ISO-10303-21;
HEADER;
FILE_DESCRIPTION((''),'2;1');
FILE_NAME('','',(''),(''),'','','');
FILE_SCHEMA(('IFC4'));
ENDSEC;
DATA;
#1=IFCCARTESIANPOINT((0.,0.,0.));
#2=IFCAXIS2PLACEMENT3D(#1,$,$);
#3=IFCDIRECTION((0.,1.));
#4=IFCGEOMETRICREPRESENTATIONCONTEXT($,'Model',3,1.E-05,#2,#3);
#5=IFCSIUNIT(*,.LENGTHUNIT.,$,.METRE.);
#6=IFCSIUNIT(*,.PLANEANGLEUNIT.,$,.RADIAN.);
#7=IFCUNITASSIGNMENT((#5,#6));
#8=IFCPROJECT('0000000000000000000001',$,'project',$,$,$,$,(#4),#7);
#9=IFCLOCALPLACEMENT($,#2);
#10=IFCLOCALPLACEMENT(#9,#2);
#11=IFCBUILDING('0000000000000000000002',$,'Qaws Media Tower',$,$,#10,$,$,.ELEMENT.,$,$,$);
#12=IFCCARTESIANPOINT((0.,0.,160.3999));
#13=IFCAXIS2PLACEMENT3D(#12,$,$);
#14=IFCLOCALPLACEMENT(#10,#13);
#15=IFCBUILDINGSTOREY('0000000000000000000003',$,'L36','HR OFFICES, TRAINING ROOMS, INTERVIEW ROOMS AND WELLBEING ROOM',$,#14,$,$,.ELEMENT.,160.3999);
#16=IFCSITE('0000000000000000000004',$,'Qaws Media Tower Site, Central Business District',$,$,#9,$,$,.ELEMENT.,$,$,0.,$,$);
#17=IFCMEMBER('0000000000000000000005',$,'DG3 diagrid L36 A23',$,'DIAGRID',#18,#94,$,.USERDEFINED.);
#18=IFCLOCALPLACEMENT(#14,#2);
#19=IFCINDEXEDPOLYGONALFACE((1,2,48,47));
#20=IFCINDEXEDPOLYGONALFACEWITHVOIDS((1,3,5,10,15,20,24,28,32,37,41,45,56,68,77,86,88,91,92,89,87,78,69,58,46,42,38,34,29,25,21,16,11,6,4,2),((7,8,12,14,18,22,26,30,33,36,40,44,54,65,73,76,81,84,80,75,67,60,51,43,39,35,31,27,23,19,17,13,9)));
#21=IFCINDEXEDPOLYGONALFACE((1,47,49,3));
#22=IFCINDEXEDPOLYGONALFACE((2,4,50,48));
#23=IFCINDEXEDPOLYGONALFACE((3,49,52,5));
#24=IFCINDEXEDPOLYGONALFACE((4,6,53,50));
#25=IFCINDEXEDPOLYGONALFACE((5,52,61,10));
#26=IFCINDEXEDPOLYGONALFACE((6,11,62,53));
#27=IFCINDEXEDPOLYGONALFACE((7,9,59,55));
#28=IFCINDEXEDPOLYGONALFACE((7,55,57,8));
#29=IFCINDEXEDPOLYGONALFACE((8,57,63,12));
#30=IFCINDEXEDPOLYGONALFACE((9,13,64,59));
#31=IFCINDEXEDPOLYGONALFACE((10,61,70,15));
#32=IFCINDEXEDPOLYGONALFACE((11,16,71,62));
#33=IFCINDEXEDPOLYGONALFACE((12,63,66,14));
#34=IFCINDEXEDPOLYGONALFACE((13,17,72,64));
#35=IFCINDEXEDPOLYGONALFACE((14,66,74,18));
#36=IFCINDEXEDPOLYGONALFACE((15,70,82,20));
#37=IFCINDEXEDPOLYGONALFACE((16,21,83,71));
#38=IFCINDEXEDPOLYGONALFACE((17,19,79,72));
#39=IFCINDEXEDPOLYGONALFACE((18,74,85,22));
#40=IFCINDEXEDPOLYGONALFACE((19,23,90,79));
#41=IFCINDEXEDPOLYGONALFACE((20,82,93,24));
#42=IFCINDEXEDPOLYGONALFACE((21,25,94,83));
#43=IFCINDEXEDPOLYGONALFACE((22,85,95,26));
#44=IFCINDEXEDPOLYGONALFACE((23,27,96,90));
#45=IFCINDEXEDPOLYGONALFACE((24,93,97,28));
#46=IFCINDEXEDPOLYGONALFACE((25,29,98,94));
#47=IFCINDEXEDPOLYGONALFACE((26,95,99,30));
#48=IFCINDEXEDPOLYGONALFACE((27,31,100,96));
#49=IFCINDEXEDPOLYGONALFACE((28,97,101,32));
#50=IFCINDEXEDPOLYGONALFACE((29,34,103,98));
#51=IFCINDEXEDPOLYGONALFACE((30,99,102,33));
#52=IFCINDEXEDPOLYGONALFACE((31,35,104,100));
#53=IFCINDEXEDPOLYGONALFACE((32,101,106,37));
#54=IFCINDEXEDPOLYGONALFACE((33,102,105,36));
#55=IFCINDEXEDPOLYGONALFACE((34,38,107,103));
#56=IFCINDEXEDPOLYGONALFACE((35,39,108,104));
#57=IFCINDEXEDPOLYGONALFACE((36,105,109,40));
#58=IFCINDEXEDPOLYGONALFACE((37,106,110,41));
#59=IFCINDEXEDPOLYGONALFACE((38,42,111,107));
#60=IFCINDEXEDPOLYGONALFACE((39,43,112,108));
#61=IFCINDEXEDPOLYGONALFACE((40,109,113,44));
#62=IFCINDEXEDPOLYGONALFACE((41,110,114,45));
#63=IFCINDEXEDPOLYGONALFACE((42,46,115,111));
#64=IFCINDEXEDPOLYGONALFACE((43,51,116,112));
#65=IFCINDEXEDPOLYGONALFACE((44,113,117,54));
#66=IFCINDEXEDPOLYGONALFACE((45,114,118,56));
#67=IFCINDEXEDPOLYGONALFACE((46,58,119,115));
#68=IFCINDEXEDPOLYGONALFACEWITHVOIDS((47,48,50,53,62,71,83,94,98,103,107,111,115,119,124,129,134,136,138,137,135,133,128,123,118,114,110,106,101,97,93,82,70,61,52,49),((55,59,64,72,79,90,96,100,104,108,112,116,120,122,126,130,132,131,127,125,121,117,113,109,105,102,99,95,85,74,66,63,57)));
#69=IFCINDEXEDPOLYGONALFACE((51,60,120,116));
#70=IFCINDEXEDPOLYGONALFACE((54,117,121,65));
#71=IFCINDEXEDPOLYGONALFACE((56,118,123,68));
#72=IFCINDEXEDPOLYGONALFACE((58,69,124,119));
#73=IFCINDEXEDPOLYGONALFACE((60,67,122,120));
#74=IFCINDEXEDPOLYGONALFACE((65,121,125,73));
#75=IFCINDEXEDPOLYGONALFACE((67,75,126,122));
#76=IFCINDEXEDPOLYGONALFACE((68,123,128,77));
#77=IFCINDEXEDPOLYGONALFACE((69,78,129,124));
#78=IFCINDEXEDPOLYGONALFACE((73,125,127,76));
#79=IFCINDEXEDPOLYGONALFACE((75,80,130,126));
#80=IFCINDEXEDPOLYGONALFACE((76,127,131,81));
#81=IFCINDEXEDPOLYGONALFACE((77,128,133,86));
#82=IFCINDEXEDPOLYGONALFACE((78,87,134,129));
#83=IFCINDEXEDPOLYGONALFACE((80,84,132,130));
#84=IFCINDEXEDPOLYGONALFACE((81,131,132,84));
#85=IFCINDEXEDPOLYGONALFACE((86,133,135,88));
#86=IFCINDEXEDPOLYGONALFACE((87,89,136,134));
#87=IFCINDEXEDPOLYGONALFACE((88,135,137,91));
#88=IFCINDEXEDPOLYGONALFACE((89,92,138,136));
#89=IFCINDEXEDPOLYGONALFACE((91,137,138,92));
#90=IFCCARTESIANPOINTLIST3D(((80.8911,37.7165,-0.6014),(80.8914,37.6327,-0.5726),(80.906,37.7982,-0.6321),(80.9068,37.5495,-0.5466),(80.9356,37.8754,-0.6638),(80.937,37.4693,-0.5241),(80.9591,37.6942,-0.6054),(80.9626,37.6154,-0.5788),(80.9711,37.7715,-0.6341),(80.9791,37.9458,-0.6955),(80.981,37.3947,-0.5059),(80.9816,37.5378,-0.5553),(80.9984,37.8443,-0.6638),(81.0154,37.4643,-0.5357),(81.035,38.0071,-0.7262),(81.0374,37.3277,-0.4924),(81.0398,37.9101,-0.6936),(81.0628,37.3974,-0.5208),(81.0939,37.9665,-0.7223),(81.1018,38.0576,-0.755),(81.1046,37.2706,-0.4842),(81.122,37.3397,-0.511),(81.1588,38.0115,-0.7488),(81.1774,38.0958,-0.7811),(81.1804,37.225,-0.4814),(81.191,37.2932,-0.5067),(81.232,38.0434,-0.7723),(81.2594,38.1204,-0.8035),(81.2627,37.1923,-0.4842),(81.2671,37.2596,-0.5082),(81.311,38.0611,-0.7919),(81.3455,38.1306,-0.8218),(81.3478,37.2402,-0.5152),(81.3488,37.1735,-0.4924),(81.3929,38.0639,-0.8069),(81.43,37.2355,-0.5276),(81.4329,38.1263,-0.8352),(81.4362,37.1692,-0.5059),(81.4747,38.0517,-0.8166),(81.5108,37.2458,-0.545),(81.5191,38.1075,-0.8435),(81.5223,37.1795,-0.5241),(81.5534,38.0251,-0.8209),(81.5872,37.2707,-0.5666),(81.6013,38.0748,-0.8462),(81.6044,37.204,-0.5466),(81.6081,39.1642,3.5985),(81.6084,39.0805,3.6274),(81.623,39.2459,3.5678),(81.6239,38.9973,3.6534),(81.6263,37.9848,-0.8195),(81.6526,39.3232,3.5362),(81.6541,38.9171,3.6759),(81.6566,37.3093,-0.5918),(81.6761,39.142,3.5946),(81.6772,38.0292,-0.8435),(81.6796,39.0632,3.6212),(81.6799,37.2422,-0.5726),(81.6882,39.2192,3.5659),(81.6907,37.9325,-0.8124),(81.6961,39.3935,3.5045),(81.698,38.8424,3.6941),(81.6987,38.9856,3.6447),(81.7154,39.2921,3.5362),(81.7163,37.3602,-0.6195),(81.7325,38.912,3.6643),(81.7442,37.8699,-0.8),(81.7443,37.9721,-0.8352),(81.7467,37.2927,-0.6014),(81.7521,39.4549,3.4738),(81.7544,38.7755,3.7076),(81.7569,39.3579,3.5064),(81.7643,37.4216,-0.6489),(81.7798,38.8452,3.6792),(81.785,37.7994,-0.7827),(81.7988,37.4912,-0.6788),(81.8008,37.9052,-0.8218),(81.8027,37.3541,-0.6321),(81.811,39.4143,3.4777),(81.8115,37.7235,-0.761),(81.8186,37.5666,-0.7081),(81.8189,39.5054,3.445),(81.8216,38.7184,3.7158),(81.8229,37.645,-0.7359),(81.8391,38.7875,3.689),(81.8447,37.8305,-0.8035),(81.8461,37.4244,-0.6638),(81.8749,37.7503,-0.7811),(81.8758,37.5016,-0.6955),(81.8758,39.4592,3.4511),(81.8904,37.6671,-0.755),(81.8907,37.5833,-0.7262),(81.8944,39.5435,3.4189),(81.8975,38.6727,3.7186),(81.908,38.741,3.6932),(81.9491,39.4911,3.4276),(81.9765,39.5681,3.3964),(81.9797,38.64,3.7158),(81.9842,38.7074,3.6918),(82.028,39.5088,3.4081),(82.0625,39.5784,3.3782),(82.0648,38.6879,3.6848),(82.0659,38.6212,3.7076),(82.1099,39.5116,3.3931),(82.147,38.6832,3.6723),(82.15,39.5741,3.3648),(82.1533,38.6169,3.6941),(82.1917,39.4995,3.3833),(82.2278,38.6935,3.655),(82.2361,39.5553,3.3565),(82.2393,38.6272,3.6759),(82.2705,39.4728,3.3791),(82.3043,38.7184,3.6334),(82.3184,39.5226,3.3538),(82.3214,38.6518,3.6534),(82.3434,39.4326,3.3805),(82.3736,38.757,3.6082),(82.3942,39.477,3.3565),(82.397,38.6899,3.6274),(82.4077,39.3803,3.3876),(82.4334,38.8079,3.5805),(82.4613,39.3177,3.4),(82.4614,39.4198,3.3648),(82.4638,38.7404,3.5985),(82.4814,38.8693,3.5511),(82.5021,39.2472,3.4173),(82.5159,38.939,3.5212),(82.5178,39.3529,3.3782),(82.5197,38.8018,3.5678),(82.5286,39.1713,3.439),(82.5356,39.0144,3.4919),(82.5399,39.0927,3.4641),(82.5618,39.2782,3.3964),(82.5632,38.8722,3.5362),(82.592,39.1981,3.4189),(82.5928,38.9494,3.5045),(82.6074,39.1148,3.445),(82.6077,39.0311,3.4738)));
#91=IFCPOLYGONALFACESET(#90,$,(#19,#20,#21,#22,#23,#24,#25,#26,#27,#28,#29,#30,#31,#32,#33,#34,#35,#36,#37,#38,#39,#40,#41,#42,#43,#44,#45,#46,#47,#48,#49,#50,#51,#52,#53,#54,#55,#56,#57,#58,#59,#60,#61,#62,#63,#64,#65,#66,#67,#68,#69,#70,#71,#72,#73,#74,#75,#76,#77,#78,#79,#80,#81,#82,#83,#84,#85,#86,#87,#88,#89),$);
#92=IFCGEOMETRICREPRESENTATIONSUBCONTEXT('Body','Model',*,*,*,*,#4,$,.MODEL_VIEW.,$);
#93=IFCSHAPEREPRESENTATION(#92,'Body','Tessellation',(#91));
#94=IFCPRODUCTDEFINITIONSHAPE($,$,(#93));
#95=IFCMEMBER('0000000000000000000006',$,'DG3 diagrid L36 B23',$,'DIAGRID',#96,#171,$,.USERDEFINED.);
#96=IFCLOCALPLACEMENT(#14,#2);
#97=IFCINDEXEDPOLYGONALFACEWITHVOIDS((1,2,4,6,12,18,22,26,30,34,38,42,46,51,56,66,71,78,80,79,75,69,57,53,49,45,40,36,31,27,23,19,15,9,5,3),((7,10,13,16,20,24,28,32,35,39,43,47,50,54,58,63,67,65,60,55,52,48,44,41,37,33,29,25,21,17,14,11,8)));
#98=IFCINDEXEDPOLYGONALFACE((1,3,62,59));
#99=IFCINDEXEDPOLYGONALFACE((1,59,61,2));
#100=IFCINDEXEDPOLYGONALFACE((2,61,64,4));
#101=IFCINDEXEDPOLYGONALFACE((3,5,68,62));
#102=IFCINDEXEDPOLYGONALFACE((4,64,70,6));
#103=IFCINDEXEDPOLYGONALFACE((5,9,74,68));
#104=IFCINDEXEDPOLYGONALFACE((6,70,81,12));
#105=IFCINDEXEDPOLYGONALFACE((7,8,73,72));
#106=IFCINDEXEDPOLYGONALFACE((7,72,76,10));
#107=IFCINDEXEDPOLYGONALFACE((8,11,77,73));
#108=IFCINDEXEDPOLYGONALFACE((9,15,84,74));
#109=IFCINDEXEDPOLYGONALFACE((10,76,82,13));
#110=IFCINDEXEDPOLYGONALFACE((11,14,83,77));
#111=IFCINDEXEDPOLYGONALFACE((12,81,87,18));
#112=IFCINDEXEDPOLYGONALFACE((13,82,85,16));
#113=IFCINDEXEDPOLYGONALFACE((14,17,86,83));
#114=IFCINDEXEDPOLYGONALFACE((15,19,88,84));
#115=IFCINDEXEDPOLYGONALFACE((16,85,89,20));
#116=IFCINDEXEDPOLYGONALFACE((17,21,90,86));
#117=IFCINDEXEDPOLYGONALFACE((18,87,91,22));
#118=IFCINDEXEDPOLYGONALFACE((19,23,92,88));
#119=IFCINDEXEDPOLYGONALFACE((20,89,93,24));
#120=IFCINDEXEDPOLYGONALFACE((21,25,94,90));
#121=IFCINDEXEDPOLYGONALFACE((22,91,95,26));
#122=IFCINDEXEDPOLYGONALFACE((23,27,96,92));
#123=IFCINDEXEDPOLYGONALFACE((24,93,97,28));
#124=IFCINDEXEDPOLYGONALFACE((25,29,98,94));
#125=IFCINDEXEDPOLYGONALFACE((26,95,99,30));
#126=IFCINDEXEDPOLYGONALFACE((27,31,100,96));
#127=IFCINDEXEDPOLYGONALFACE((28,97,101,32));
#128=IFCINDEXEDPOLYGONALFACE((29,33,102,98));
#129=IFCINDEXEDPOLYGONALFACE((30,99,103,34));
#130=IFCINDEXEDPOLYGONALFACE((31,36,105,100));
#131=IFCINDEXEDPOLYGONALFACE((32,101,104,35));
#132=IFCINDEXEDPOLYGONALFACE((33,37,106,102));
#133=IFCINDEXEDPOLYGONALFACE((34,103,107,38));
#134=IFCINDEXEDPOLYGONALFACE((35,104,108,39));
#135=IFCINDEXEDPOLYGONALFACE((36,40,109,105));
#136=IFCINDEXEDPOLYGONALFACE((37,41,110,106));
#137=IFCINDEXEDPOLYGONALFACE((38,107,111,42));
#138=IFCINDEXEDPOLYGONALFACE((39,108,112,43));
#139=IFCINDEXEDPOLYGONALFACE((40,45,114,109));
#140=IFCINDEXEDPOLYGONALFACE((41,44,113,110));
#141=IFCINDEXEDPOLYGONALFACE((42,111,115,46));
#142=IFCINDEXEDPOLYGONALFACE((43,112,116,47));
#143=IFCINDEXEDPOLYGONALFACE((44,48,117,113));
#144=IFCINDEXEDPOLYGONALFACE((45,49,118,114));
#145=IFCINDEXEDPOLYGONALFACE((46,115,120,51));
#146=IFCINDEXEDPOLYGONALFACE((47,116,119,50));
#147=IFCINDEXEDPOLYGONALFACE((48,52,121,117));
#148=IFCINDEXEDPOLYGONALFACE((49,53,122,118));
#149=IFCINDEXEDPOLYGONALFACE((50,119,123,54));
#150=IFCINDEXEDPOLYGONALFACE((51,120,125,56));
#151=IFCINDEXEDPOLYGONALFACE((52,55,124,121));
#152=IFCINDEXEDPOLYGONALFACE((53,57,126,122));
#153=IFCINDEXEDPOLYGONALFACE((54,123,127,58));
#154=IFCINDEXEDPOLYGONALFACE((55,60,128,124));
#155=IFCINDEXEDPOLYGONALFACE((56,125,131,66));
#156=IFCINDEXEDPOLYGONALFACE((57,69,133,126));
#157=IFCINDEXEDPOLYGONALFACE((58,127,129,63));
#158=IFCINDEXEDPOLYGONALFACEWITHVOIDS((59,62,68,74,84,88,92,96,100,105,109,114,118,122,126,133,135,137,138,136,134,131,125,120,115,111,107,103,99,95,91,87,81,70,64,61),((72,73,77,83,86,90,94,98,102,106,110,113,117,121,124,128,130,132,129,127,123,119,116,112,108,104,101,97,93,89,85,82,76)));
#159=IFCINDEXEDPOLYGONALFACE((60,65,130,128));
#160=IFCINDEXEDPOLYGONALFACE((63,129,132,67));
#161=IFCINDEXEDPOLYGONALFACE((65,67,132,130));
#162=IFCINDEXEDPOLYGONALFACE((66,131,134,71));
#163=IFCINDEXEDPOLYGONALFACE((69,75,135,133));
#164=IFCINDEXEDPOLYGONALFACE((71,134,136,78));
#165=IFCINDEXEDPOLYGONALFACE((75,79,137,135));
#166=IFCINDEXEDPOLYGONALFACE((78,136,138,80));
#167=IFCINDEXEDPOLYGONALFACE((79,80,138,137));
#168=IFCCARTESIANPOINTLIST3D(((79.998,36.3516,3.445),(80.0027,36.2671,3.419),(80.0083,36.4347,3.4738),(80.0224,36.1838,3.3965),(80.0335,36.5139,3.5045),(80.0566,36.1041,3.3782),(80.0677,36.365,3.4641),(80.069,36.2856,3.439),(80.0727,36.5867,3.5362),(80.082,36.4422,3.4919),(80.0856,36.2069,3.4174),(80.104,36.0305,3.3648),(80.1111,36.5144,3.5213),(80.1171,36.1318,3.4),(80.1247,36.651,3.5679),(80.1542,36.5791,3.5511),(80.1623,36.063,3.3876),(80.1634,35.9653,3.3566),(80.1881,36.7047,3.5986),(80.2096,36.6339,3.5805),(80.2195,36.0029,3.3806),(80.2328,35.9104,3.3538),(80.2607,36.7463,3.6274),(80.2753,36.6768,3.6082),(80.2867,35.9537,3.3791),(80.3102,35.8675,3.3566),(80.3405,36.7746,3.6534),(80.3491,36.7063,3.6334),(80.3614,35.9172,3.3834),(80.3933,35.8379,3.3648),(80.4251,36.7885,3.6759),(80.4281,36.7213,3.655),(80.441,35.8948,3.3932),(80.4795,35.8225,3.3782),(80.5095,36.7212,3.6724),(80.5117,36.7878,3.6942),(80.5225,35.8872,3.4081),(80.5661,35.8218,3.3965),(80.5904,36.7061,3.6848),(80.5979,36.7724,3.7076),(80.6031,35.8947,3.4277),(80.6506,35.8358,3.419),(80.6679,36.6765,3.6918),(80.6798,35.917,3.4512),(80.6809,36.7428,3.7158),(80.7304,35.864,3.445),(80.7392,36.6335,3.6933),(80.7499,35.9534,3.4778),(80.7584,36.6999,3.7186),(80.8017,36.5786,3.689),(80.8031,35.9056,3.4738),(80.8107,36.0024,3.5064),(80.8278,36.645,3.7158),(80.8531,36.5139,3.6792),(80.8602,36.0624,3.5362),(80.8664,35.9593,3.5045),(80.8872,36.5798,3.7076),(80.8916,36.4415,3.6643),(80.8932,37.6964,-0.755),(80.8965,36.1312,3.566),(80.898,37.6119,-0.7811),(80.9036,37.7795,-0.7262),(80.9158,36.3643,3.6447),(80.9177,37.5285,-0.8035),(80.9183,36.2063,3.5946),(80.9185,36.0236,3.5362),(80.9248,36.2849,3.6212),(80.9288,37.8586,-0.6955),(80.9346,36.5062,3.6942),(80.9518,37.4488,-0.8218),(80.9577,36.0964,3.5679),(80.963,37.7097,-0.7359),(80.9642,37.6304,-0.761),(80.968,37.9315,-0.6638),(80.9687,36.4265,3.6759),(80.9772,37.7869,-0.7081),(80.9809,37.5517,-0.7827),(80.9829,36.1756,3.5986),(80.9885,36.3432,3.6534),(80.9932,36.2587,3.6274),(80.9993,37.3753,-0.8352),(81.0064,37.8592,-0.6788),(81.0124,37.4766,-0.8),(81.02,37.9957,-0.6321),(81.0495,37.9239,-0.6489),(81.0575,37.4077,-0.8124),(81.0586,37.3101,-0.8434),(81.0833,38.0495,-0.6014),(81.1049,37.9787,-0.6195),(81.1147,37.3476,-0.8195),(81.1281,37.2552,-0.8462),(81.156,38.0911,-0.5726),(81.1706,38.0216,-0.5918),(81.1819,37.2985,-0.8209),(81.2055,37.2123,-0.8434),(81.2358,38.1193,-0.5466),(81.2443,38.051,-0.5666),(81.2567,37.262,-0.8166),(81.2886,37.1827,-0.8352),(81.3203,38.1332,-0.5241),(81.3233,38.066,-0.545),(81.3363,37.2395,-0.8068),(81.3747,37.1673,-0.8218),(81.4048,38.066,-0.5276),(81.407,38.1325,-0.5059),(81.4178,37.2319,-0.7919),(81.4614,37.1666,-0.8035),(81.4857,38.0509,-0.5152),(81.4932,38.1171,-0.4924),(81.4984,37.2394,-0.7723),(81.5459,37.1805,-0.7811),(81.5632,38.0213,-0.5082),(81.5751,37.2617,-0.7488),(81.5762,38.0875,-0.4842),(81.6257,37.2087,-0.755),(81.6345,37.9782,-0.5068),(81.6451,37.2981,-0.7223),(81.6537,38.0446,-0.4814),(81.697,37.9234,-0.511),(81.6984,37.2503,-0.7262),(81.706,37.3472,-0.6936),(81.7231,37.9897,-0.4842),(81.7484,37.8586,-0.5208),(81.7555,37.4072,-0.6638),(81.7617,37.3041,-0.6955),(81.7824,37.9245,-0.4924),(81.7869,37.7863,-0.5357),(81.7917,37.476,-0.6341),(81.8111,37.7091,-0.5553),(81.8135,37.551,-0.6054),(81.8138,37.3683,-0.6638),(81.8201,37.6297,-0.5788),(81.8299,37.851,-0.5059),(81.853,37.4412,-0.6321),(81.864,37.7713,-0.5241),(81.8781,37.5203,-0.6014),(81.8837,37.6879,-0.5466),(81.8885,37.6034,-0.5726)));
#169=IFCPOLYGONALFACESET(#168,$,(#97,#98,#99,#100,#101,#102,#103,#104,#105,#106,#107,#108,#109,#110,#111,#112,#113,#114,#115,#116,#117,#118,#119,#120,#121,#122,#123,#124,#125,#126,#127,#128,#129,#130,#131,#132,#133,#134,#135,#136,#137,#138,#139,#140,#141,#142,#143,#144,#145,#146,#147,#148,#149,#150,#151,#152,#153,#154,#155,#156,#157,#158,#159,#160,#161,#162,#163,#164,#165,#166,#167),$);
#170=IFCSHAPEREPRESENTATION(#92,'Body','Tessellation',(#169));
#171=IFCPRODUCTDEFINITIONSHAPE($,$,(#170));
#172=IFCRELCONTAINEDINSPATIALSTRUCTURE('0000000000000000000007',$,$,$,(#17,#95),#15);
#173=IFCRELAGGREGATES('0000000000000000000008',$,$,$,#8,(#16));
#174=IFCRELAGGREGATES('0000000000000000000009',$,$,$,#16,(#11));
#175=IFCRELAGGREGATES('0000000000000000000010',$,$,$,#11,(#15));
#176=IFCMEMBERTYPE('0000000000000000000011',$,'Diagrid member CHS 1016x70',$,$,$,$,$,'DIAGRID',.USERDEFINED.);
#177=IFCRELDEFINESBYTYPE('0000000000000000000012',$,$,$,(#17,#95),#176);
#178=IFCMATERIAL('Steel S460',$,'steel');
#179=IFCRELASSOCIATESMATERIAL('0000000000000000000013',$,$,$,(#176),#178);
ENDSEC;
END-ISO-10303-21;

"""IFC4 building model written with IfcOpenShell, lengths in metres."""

from ifc_helpers import new_model, si_unit, direction, frame, origin, origin_2d, place, context, subcontext, project, spatial, hollow_circle, extrude, material, material_profile, profile_set, type_object, element, save


model = new_model("IFC4")

# Units and contexts
model_context = context("Model", 3, precision=1e-05, world=origin(), true_north=direction((0.0, 1.0)))
body_context = subcontext(model_context, "Body", "Model", "MODEL_VIEW")
ifc_project = project(units=[si_unit("LENGTHUNIT", "METRE"), si_unit("PLANEANGLEUNIT", "RADIAN")], contexts=[model_context])

# Site, building, storey
site_placement = place(None, origin())
site = spatial("IfcSite", under=ifc_project, at=site_placement, Name="Qaws Media Tower Site, Central Business District", CompositionType="ELEMENT", RefElevation=0.0)
building_placement = place(site_placement, origin())
building = spatial("IfcBuilding", under=site, at=building_placement, Name="Qaws Media Tower", CompositionType="ELEMENT")
storey_placement = place(building_placement, frame((0.0, 0.0, 160.3999)))
storey = spatial("IfcBuildingStorey", under=building, at=storey_placement, Name="L36", Description="HR OFFICES, TRAINING ROOMS, INTERVIEW ROOMS AND WELLBEING ROOM", CompositionType="ELEMENT", Elevation=160.3999)

# Members
ifc_material_1 = material(Name="Steel S460", Category="steel")
ifc_material_profile_1 = material_profile(ifc_material_1, hollow_circle(Radius=0.5081, WallThickness=0.0701, at=origin_2d()), Name="CHS 1016x70")
ifc_profile_set_1 = profile_set([ifc_material_profile_1], Name="Steel S460")
member_type_1 = type_object("IfcMemberType", Name="Diagrid member CHS 1016x70", ElementType="DIAGRID", PredefinedType="USERDEFINED", material=ifc_profile_set_1)
for number, where, z_axis, x_axis, name in (
    (1, (81.3909, 37.6499, -0.6638), (0.159344, 0.321725, 0.933329), (-0.896113, 0.443825, 0.0), "DG3 diagrid L36 A23"),
    (2, (81.3909, 37.6499, -0.6638), (-0.198951, -0.298833, 0.933337), (0.832399, -0.554177, 0.0), "DG3 diagrid L36 B23"),
):
    element("IfcMember", number, at=place(storey_placement, frame(where, z_axis=z_axis, x_axis=x_axis)), inside=storey, type_object=member_type_1, Name=name, ObjectType="DIAGRID", PredefinedType="USERDEFINED", context=body_context, shape_type="SweptSolid", body=[
        extrude(hollow_circle(Radius=0.5081, WallThickness=0.0701, at=origin_2d()), origin(), (0.0, 0.0, 1.0), 4.5),
    ])

save(model, "model.ifc")
